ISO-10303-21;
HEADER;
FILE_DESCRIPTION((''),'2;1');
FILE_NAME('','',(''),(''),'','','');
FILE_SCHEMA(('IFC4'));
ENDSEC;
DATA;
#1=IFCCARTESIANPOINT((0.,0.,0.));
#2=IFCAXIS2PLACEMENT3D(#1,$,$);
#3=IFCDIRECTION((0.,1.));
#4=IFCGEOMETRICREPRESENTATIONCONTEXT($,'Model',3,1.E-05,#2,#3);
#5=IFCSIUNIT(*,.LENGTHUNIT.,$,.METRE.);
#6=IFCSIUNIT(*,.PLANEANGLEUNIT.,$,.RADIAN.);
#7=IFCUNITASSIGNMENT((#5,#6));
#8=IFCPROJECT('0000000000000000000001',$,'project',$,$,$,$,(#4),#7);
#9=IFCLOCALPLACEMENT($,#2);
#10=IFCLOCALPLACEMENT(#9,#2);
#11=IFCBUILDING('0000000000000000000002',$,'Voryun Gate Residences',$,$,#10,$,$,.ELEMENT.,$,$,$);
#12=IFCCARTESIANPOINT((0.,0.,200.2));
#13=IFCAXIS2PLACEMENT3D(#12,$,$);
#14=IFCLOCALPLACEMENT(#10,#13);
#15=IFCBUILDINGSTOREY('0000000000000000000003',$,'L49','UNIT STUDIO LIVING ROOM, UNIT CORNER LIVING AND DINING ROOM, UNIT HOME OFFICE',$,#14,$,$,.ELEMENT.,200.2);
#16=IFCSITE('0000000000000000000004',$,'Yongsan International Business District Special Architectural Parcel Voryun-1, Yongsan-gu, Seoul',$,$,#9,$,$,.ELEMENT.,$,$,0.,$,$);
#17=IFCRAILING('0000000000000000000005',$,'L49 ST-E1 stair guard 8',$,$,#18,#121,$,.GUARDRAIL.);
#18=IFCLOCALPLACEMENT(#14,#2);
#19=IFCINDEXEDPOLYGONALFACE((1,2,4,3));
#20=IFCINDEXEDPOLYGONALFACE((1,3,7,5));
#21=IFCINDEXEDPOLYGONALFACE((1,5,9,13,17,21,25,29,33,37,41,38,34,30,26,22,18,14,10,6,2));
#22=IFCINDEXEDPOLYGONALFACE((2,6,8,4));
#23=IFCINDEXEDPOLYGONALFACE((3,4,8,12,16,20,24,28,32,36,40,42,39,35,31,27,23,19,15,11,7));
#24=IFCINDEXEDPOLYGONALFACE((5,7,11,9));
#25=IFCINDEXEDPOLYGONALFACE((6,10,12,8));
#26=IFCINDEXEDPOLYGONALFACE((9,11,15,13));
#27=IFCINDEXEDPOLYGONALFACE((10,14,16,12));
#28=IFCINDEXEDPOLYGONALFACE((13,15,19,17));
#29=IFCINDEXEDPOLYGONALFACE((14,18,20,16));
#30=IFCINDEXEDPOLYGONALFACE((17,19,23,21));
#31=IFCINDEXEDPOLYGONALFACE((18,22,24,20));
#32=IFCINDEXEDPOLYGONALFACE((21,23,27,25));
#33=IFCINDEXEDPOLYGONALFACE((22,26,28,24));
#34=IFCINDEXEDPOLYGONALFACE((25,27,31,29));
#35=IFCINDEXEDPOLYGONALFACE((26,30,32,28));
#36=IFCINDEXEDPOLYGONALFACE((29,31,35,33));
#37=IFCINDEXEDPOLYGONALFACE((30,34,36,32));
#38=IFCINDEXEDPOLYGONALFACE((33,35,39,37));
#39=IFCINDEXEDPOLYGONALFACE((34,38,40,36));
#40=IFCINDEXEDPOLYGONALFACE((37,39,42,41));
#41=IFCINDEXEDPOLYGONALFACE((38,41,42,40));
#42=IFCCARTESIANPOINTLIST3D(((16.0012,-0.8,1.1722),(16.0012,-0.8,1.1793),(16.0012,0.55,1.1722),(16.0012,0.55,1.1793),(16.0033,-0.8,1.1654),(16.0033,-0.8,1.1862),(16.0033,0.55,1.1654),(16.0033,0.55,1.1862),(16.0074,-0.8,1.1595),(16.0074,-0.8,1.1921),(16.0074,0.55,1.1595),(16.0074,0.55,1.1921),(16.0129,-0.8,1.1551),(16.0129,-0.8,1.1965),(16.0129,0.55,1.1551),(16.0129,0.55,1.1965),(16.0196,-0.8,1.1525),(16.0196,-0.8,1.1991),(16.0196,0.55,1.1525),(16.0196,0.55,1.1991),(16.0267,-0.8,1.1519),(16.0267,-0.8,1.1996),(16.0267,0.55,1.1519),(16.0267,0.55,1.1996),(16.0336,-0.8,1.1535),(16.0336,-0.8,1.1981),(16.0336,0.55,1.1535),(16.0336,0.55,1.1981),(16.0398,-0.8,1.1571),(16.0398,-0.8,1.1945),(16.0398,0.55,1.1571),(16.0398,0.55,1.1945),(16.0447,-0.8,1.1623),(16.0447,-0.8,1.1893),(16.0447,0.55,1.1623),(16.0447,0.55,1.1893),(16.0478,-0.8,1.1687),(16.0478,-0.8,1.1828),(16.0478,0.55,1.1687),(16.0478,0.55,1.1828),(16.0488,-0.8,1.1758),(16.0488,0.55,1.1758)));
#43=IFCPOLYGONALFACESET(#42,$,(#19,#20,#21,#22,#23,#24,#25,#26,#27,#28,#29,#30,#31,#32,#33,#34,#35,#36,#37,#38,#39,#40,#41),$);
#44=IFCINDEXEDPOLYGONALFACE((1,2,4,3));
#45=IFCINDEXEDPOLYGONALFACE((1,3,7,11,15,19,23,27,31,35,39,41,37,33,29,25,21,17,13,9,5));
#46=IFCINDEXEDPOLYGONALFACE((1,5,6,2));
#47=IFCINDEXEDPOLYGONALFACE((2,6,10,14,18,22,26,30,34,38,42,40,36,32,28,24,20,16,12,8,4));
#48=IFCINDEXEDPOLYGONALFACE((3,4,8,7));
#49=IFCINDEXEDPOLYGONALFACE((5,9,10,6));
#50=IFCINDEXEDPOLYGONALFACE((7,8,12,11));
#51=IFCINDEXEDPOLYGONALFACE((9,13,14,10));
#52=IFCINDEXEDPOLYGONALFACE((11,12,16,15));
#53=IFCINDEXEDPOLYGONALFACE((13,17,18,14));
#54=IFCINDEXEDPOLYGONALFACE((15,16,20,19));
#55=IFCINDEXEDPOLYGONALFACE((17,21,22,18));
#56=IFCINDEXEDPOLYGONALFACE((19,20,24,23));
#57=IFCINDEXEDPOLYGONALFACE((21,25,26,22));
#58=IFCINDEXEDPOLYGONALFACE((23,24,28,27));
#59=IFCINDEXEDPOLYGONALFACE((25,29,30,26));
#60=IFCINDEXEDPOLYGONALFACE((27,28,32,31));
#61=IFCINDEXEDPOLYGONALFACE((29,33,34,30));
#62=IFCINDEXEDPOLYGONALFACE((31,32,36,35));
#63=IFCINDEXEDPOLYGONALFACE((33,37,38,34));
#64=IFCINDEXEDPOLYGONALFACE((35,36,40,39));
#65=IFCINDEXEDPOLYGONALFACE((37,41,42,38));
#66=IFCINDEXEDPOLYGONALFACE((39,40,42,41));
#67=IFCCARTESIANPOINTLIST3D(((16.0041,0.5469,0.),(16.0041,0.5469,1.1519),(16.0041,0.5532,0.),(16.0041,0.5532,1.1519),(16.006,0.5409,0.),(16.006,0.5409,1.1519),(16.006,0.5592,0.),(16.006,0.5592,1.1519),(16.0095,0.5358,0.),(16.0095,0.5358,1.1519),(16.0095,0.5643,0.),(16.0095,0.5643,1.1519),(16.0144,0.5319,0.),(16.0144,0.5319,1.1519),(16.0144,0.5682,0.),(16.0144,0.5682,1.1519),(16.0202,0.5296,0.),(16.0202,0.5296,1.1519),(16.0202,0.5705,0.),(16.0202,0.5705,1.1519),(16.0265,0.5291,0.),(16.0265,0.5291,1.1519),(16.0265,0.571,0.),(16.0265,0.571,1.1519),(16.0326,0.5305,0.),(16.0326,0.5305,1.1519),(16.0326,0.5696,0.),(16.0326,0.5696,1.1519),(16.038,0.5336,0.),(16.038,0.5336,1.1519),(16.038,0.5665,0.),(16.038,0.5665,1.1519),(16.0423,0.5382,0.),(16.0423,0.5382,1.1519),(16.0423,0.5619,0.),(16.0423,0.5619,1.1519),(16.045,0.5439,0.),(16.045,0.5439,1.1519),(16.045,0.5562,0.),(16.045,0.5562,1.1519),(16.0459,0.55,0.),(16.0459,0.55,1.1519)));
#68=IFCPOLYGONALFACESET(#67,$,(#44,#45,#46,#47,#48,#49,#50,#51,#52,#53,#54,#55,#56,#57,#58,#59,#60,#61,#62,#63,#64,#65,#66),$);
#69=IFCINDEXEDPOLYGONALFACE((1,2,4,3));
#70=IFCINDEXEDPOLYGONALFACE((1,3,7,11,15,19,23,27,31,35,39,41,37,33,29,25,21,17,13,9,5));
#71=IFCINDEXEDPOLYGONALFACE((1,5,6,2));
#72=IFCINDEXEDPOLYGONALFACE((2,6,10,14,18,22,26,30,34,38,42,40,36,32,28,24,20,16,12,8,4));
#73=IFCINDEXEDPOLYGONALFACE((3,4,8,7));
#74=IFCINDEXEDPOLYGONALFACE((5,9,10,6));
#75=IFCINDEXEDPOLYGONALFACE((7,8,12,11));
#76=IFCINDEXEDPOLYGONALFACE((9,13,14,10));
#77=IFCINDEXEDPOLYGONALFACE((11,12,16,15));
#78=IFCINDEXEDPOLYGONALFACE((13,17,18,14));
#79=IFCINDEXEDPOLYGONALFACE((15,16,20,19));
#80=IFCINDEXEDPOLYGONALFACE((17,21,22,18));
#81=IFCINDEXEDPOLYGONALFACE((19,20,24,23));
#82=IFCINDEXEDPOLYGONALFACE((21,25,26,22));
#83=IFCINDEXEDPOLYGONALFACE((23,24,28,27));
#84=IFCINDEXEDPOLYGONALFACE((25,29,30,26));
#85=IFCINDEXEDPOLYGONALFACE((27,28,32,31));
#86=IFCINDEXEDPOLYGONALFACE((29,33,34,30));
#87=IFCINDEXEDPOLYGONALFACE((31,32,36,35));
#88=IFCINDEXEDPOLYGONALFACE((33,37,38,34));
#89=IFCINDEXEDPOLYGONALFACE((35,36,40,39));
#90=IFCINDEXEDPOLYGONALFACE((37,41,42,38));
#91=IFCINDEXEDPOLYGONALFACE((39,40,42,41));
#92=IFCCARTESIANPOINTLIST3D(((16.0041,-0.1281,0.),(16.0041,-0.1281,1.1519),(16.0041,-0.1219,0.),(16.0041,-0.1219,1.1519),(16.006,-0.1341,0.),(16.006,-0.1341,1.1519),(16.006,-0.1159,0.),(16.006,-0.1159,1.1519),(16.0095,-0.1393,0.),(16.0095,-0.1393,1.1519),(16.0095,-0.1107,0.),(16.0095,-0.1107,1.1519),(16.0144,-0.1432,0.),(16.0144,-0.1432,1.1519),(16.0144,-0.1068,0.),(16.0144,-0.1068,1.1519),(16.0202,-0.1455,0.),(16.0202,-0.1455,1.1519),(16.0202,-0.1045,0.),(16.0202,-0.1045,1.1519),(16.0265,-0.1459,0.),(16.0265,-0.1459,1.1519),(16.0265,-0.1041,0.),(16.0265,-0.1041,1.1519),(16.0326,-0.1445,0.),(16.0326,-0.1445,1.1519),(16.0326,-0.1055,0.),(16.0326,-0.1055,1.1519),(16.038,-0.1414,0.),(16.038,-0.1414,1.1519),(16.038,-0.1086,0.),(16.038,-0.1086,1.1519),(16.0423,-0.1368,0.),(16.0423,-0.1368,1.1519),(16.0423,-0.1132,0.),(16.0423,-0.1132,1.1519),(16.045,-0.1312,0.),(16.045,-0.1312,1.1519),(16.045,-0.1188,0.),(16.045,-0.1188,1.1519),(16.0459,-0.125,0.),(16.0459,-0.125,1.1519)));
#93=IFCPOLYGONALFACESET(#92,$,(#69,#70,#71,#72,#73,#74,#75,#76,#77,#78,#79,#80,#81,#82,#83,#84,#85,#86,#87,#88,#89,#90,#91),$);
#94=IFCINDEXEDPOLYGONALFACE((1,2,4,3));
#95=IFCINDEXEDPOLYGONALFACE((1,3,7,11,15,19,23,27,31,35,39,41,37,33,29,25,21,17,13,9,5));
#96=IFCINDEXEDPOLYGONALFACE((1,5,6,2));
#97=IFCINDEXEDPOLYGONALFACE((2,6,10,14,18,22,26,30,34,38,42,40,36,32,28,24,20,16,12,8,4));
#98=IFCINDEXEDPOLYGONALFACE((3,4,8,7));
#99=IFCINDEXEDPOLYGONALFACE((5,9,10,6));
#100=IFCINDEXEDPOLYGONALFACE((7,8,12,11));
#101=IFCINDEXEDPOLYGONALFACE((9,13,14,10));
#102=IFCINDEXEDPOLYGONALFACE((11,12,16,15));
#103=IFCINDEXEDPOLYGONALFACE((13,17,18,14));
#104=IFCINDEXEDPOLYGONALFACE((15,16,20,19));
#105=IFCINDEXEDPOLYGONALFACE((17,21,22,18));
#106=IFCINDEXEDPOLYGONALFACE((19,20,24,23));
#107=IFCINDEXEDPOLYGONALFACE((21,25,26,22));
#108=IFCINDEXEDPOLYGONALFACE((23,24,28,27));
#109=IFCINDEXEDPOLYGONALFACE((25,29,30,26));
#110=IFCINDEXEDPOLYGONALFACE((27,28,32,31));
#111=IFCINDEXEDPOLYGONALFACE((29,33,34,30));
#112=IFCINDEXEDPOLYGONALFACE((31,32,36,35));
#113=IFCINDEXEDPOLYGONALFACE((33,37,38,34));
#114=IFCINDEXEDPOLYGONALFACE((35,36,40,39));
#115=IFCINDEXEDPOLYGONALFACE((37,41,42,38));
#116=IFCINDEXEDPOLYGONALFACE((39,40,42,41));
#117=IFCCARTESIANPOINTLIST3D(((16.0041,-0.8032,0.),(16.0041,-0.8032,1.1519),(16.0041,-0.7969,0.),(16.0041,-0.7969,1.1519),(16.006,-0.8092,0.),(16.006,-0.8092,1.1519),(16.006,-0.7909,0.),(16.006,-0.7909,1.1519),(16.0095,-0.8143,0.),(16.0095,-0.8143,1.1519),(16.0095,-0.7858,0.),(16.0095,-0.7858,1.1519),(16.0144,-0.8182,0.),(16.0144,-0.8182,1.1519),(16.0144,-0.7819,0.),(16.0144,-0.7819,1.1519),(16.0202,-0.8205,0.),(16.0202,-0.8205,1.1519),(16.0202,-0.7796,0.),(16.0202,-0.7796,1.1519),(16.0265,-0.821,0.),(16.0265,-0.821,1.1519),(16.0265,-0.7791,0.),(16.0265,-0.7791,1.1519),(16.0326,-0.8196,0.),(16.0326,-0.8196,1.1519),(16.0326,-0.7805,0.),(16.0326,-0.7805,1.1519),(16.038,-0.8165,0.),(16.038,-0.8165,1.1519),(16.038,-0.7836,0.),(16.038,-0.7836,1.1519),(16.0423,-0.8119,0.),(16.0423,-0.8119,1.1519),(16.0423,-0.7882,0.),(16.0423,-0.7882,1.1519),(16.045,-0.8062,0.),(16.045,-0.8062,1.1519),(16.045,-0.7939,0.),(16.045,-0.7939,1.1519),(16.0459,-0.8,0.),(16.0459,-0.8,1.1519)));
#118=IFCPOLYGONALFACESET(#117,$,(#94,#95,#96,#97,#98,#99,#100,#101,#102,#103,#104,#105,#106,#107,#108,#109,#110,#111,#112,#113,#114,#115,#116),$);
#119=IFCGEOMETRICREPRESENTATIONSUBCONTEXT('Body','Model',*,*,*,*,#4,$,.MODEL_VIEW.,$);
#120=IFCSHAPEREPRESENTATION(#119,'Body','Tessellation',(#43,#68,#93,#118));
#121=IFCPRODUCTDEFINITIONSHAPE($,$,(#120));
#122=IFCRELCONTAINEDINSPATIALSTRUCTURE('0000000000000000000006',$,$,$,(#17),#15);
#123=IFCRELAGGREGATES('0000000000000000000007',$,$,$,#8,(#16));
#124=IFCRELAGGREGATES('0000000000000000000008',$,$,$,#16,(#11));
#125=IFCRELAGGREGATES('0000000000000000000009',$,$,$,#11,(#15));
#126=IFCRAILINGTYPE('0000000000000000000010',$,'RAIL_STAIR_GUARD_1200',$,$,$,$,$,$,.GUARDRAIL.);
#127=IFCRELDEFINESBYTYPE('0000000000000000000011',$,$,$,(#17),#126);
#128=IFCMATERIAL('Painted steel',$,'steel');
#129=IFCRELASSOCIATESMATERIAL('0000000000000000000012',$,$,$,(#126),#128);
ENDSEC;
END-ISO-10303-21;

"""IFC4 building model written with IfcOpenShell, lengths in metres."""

from ifc_helpers import new_model, si_unit, direction, frame, origin, origin_2d, place, context, subcontext, project, spatial, circle, extrude, material, type_object, element, save


model = new_model("IFC4")

# Units and contexts
model_context = context("Model", 3, precision=1e-05, world=origin(), true_north=direction((0.0, 1.0)))
body_context = subcontext(model_context, "Body", "Model", "MODEL_VIEW")
ifc_project = project(units=[si_unit("LENGTHUNIT", "METRE"), si_unit("PLANEANGLEUNIT", "RADIAN")], contexts=[model_context])

# Site, building, storey
site_placement = place(None, origin())
site = spatial("IfcSite", under=ifc_project, at=site_placement, Name="Yongsan International Business District Special Architectural Parcel Voryun-1, Yongsan-gu, Seoul", CompositionType="ELEMENT", RefElevation=0.0)
building_placement = place(site_placement, origin())
building = spatial("IfcBuilding", under=site, at=building_placement, Name="Voryun Gate Residences", CompositionType="ELEMENT")
storey_placement = place(building_placement, frame((0.0, 0.0, 200.2)))
storey = spatial("IfcBuildingStorey", under=building, at=storey_placement, Name="L49", Description="UNIT STUDIO LIVING ROOM, UNIT CORNER LIVING AND DINING ROOM, UNIT HOME OFFICE", CompositionType="ELEMENT", Elevation=200.2)

# Railing
ifc_material_1 = material(Name="Painted steel", Category="steel")
railing_type_1 = type_object("IfcRailingType", Name="RAIL_STAIR_GUARD_1200", PredefinedType="GUARDRAIL", material=ifc_material_1)
railing_1_placement = place(storey_placement, frame((16.0249, 0.55, 0.0)))
element("IfcRailing", 1, at=railing_1_placement, inside=storey, type_object=railing_type_1, Name="L49 ST-E1 stair guard 8", PredefinedType="GUARDRAIL", context=body_context, shape_type="SweptSolid", body=[
    extrude(circle(Radius=0.0239, at=origin_2d()), frame((0.0, 0.0, 1.1758), z_axis=(0.0, -1.0, 0.0), x_axis=(1.0, 0.0, 0.0)), (0.0, 0.0, 1.0), 1.3501),
    extrude(circle(Radius=0.021, at=origin_2d()), origin(), (0.0, 0.0, 1.0), 1.1519),
    extrude(circle(Radius=0.021, at=origin_2d()), frame((0.0, -0.675, 0.0)), (0.0, 0.0, 1.0), 1.1519),
    extrude(circle(Radius=0.021, at=origin_2d()), frame((0.0, -1.3501, 0.0)), (0.0, 0.0, 1.0), 1.1519),
])

save(model, "model.ifc")
